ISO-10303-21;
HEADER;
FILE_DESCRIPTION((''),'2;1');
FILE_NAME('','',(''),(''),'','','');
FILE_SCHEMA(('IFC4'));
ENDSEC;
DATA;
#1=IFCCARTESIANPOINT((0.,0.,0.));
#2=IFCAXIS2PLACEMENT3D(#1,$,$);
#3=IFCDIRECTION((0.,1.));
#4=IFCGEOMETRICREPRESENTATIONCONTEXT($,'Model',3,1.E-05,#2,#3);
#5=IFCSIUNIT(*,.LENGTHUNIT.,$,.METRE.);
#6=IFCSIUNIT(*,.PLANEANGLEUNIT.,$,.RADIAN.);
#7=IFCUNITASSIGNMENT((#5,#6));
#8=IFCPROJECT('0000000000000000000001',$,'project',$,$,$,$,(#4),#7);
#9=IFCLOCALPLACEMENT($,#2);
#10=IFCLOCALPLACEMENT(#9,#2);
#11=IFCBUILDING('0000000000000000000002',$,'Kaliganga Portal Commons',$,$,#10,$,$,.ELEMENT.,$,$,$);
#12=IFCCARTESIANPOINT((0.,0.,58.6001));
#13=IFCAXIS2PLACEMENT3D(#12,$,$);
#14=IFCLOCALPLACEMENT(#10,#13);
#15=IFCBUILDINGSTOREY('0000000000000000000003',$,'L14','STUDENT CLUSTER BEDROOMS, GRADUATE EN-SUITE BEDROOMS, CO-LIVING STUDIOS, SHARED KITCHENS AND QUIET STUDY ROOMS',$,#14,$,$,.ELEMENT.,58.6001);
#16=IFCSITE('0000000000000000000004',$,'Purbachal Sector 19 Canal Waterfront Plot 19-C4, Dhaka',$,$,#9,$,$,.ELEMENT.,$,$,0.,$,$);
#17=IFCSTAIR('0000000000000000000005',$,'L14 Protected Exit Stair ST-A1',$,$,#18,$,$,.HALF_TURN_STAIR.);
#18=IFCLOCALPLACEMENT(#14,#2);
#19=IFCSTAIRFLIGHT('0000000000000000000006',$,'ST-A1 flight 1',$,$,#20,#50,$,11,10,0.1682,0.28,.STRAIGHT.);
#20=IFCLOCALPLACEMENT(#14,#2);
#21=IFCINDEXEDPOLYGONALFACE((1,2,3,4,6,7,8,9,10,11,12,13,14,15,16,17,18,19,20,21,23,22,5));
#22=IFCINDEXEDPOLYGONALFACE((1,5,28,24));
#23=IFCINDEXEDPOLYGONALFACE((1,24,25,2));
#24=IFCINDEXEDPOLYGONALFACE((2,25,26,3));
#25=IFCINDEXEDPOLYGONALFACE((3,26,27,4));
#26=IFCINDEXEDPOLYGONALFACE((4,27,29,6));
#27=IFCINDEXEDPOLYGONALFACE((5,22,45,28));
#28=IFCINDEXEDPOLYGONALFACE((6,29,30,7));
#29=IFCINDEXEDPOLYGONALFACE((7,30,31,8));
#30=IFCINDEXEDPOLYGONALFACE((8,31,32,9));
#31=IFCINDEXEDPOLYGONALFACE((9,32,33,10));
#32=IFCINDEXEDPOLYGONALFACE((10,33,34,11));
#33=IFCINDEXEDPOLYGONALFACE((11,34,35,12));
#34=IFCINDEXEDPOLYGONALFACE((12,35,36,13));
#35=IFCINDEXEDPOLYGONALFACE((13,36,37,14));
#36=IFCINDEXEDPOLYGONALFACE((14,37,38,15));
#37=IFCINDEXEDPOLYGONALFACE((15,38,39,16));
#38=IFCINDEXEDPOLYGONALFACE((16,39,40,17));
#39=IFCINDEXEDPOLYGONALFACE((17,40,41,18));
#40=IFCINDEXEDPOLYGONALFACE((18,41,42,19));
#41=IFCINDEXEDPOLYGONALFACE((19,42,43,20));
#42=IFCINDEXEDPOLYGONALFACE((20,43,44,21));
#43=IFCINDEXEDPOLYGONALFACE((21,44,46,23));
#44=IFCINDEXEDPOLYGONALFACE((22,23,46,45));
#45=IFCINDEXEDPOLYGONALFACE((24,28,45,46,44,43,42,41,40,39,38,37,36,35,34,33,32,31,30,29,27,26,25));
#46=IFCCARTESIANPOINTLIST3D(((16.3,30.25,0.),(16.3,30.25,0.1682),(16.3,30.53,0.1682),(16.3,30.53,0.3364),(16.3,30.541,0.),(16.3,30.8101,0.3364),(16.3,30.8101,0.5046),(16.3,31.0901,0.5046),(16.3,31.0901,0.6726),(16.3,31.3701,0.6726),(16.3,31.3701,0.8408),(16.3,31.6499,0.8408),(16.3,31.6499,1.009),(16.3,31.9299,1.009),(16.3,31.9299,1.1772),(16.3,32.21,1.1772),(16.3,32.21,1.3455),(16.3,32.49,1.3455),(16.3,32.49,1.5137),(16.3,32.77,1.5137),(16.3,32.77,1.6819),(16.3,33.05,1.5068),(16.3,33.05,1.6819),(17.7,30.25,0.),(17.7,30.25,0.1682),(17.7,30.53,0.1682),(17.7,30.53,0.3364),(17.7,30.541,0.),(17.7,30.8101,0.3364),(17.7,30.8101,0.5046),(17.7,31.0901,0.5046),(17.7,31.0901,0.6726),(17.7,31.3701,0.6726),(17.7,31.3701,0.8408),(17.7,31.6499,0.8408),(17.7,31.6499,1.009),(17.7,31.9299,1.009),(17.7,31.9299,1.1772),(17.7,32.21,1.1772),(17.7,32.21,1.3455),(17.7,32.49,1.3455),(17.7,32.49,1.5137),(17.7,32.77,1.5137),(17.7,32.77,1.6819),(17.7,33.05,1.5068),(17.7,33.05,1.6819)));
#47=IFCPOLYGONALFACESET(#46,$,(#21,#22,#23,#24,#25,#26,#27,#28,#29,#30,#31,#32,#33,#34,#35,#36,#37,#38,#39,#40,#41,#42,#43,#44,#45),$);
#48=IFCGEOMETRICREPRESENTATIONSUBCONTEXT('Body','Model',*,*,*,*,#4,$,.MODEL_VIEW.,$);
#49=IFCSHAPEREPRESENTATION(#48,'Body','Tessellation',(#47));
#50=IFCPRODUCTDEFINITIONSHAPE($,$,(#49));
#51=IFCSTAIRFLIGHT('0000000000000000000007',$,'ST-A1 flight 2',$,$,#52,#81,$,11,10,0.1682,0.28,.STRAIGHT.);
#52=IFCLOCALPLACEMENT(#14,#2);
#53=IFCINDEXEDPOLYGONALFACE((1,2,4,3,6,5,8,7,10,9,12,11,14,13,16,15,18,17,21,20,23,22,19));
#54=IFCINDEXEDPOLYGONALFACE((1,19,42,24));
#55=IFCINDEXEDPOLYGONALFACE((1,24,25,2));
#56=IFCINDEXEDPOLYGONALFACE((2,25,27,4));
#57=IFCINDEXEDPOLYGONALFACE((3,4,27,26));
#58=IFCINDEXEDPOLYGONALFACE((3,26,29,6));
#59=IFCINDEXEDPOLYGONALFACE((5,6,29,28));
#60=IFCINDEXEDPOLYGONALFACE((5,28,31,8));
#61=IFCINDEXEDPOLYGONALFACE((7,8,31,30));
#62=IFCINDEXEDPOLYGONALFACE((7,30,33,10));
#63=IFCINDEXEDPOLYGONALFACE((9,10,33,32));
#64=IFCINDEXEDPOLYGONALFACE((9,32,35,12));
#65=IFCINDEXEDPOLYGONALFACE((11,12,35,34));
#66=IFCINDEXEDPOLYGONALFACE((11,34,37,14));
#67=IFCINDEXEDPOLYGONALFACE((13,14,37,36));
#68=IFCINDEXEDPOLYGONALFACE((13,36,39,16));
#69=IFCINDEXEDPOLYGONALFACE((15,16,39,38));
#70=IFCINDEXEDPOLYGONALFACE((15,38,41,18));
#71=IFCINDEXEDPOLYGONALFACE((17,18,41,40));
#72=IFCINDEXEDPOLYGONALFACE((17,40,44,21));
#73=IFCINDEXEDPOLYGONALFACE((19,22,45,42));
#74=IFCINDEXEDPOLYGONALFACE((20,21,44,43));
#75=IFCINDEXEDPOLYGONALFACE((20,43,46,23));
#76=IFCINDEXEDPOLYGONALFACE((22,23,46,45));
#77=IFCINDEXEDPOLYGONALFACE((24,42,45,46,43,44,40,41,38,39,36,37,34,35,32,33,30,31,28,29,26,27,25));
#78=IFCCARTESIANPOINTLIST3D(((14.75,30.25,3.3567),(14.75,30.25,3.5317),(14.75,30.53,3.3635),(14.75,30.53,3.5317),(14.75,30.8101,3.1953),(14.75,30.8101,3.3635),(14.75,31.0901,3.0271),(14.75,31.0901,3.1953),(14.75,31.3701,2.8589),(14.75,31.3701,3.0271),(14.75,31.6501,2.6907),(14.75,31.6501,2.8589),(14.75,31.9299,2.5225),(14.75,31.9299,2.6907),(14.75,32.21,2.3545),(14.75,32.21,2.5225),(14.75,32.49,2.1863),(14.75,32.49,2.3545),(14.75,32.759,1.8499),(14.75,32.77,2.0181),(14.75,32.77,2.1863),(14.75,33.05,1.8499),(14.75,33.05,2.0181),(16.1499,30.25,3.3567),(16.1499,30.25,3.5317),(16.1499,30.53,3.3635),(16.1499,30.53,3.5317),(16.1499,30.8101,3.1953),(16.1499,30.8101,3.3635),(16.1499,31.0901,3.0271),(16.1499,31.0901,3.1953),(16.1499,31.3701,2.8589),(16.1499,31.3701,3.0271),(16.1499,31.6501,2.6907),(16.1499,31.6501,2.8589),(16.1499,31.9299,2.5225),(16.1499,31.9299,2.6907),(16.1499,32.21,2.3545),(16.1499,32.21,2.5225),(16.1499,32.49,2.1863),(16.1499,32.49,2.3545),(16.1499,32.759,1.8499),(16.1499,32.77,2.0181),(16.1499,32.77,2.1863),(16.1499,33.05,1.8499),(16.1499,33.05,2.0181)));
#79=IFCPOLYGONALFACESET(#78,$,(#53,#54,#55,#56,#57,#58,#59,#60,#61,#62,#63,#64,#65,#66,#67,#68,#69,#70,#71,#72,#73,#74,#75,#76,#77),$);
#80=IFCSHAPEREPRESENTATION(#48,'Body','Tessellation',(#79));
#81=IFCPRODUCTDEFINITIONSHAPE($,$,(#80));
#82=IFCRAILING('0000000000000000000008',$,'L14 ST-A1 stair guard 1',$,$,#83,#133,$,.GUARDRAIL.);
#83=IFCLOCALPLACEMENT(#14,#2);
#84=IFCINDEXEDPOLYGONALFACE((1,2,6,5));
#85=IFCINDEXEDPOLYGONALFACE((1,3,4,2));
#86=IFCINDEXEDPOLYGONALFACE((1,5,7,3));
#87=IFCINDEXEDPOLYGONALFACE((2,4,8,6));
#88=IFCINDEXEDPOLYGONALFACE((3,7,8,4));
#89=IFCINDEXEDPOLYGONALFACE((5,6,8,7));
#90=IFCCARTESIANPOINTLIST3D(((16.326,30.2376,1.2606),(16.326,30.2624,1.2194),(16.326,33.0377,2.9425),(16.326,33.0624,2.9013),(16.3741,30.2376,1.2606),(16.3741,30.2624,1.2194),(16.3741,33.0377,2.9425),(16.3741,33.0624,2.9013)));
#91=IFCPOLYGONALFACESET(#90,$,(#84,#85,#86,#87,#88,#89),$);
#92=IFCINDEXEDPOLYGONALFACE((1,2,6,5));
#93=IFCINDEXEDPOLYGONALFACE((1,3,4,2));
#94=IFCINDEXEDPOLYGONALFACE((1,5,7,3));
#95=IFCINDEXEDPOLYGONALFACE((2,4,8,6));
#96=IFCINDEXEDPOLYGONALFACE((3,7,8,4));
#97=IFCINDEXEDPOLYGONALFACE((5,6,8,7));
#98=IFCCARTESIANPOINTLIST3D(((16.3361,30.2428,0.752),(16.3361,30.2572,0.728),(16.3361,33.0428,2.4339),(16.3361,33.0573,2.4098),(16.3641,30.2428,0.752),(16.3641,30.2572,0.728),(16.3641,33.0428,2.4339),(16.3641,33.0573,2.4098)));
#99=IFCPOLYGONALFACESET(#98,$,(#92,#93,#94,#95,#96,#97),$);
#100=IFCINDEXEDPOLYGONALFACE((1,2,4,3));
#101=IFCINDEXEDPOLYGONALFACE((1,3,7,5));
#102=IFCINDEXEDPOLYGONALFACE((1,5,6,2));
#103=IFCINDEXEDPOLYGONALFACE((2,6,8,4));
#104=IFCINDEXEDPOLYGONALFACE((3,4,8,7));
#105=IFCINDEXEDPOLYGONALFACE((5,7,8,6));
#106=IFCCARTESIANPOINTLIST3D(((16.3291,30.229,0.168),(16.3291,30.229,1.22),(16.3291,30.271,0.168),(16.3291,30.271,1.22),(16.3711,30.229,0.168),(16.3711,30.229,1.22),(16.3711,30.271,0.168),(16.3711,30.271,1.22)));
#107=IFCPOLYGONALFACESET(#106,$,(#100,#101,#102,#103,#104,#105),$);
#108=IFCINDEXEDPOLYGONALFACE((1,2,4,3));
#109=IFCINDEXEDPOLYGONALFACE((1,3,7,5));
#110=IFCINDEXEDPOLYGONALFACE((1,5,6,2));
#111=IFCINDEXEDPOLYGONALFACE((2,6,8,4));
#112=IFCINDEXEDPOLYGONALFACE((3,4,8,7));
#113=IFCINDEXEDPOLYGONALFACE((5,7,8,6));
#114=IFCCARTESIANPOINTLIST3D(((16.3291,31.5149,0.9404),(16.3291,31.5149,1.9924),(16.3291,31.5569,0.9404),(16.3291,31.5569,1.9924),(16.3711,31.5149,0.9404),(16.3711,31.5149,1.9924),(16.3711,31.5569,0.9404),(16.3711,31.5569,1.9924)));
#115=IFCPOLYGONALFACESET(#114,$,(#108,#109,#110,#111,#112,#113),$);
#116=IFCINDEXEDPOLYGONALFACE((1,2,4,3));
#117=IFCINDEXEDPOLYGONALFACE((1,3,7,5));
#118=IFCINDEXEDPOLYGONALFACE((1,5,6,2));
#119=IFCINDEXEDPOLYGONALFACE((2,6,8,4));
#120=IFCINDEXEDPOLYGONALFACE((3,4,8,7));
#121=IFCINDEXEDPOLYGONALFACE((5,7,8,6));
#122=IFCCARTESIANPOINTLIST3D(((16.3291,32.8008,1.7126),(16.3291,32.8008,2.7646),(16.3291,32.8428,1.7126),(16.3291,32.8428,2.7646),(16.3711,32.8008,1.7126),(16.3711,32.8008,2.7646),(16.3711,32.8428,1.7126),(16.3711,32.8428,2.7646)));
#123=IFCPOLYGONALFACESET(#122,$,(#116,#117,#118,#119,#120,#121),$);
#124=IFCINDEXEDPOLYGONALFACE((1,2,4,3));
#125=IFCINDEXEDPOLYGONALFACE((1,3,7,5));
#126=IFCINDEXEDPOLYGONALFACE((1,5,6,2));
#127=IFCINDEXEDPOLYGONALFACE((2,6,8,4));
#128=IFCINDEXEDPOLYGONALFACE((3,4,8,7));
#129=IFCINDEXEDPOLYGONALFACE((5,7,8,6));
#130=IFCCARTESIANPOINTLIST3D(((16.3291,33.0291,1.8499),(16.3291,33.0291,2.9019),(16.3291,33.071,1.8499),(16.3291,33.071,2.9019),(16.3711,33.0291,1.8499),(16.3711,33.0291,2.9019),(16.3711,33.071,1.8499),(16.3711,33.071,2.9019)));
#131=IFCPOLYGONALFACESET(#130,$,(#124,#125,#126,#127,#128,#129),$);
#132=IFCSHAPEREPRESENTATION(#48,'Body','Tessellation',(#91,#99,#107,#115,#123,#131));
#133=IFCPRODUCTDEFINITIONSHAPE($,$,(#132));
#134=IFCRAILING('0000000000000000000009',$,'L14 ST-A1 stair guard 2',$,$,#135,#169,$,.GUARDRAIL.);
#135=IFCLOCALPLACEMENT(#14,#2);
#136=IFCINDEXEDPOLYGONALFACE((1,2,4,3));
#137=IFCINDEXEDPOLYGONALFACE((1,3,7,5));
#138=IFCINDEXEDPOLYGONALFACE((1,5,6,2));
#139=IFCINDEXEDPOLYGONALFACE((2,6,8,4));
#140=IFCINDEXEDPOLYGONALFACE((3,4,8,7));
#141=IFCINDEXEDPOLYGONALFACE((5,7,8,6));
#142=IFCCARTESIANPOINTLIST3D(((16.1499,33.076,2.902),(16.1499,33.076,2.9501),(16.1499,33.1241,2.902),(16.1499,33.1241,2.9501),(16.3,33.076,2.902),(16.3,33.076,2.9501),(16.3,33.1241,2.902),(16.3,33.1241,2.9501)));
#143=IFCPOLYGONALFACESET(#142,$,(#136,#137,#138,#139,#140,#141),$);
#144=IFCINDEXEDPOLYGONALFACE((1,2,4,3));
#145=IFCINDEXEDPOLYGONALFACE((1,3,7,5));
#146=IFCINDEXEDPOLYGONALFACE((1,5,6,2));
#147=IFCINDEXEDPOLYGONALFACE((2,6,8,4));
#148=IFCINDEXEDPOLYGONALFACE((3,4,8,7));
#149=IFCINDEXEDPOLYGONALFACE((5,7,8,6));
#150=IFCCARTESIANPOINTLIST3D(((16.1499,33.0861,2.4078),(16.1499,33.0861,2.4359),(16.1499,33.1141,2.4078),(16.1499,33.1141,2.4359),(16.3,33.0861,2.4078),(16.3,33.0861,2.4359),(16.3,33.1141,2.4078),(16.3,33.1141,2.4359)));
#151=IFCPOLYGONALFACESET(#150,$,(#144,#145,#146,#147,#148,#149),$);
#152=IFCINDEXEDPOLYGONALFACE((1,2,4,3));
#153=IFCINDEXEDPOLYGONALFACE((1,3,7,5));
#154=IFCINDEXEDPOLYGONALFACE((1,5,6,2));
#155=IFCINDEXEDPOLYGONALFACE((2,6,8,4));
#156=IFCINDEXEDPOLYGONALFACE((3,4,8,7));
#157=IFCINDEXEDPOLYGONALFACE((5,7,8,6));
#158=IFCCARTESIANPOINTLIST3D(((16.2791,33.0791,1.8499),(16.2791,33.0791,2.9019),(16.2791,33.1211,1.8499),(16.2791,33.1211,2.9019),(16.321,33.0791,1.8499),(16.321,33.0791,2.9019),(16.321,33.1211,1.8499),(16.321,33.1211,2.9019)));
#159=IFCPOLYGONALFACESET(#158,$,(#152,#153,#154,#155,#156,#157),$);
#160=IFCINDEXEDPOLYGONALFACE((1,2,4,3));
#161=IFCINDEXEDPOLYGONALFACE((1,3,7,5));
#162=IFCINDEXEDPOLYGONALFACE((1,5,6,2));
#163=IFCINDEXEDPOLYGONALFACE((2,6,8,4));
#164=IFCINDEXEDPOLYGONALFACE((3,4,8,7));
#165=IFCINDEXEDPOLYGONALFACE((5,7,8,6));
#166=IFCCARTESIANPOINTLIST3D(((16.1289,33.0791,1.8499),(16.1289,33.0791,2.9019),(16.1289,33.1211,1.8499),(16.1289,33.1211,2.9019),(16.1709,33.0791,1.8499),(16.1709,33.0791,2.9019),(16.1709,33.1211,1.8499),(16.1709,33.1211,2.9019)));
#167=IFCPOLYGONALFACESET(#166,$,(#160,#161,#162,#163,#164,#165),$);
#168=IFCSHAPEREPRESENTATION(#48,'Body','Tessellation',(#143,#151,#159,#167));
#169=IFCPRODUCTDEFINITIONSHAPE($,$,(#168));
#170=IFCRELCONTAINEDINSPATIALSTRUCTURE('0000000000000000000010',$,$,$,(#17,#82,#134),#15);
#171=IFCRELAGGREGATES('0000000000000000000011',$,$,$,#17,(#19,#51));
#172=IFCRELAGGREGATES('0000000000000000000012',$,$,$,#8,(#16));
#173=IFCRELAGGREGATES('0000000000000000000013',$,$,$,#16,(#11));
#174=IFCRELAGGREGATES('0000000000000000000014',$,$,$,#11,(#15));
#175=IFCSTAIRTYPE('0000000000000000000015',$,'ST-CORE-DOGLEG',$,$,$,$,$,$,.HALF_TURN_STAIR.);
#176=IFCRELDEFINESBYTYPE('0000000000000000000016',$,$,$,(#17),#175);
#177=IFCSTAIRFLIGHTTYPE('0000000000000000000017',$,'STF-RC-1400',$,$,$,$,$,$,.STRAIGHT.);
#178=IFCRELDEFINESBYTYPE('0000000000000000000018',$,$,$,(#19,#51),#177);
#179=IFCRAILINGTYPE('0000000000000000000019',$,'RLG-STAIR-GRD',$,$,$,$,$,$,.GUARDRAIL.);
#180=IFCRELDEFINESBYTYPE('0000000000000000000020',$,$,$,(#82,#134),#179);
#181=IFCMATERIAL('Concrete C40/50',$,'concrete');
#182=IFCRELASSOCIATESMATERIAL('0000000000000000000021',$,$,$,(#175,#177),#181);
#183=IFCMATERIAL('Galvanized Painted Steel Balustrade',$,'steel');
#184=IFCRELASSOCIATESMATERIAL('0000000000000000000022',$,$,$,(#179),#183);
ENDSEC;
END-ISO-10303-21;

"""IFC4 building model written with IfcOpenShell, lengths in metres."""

from ifc_helpers import new_model, si_unit, direction, frame, origin, origin_2d, place, context, subcontext, project, spatial, polyline, rectangle, outline, extrude, material, type_object, element, aggregate, save


model = new_model("IFC4")

# Units and contexts
model_context = context("Model", 3, precision=1e-05, world=origin(), true_north=direction((0.0, 1.0)))
body_context = subcontext(model_context, "Body", "Model", "MODEL_VIEW")
ifc_project = project(units=[si_unit("LENGTHUNIT", "METRE"), si_unit("PLANEANGLEUNIT", "RADIAN")], contexts=[model_context])

# Site, building, storey
site_placement = place(None, origin())
site = spatial("IfcSite", under=ifc_project, at=site_placement, Name="Purbachal Sector 19 Canal Waterfront Plot 19-C4, Dhaka", CompositionType="ELEMENT", RefElevation=0.0)
building_placement = place(site_placement, origin())
building = spatial("IfcBuilding", under=site, at=building_placement, Name="Kaliganga Portal Commons", CompositionType="ELEMENT")
storey_placement = place(building_placement, frame((0.0, 0.0, 58.6001)))
storey = spatial("IfcBuildingStorey", under=building, at=storey_placement, Name="L14", Description="STUDENT CLUSTER BEDROOMS, GRADUATE EN-SUITE BEDROOMS, CO-LIVING STUDIOS, SHARED KITCHENS AND QUIET STUDY ROOMS", CompositionType="ELEMENT", Elevation=58.6001)

# Stair, stair flights
ifc_material_1 = material(Name="Concrete C40/50", Category="concrete")
stair_type = type_object("IfcStairType", Name="ST-CORE-DOGLEG", PredefinedType="HALF_TURN_STAIR", material=ifc_material_1)
stair_placement = place(storey_placement, origin())
stair = element("IfcStair", 1, at=stair_placement, inside=storey, type_object=stair_type, Name="L14 Protected Exit Stair ST-A1", PredefinedType="HALF_TURN_STAIR")
stair_flight_type = type_object("IfcStairFlightType", Name="STF-RC-1400", PredefinedType="STRAIGHT", material=ifc_material_1)
stair_flight_1_placement = place(storey_placement, frame((17.0, 30.25, 0.0), z_axis=(0.0, 0.0, 1.0), x_axis=(0.0, 1.0, 0.0)))
stair_flight_1 = element("IfcStairFlight", 2, at=stair_flight_1_placement, type_object=stair_flight_type, Name="ST-A1 flight 1", NumberOfRisers=11, NumberOfTreads=10, PredefinedType="STRAIGHT", RiserHeight=0.1682, TreadLength=0.28, context=body_context, shape_type="SweptSolid", body=[
    extrude(outline(polyline([(0.0, 0.0), (0.0, 0.1682), (0.28, 0.1682), (0.28, 0.3364), (0.5601, 0.3364), (0.5601, 0.5046), (0.8401, 0.5046), (0.8401, 0.6726), (1.1201, 0.6726), (1.1201, 0.8408), (1.3999, 0.8408), (1.3999, 1.009), (1.6799, 1.009), (1.6799, 1.1772), (1.96, 1.1772), (1.96, 1.3455), (2.24, 1.3455), (2.24, 1.5137), (2.52, 1.5137), (2.52, 1.6819), (2.8, 1.6819), (2.8, 1.8501), (2.8, 1.5068), (0.291, 0.0), (0.0, 0.0)])), frame((0.0, 0.7, 0.0), z_axis=(0.0, -1.0, 0.0), x_axis=(1.0, 0.0, 0.0)), (0.0, 0.0, 1.0), 1.3999),
])
stair_flight_2_placement = place(storey_placement, frame((15.45, 33.05, 1.8499), z_axis=(0.0, 0.0, 1.0), x_axis=(0.0, -1.0, 0.0)))
stair_flight_2 = element("IfcStairFlight", 3, at=stair_flight_2_placement, type_object=stair_flight_type, Name="ST-A1 flight 2", NumberOfRisers=11, NumberOfTreads=10, PredefinedType="STRAIGHT", RiserHeight=0.1682, TreadLength=0.28, context=body_context, shape_type="SweptSolid", body=[
    extrude(outline(polyline([(0.0, 0.0), (0.0, 0.1682), (0.28, 0.1682), (0.28, 0.3364), (0.5601, 0.3364), (0.5601, 0.5046), (0.8401, 0.5046), (0.8401, 0.6726), (1.1201, 0.6726), (1.1201, 0.8408), (1.3999, 0.8408), (1.3999, 1.009), (1.6799, 1.009), (1.6799, 1.1772), (1.96, 1.1772), (1.96, 1.3455), (2.24, 1.3455), (2.24, 1.5137), (2.52, 1.5137), (2.52, 1.6819), (2.8, 1.6819), (2.8, 1.8501), (2.8, 1.5068), (0.291, 0.0), (0.0, 0.0)])), frame((0.0, 0.7, 0.0), z_axis=(0.0, -1.0, 0.0), x_axis=(1.0, 0.0, 0.0)), (0.0, 0.0, 1.0), 1.3999),
])
aggregate(stair, [stair_flight_1, stair_flight_2])

# Railings
ifc_material_2 = material(Name="Galvanized Painted Steel Balustrade", Category="steel")
railing_type_1 = type_object("IfcRailingType", Name="RLG-STAIR-GRD", PredefinedType="GUARDRAIL", material=ifc_material_2)
railing_1_placement = place(storey_placement, frame((16.3501, 30.25, 0.168)))
element("IfcRailing", 4, at=railing_1_placement, inside=storey, type_object=railing_type_1, Name="L14 ST-A1 stair guard 1", PredefinedType="GUARDRAIL", context=body_context, shape_type="SweptSolid", body=[
    extrude(rectangle(XDim=0.0481, YDim=0.0481, at=origin_2d()), frame((0.0, 0.0, 1.072), z_axis=(0.0, 0.857242, 0.514913), x_axis=(-1.0, 0.0, 0.0)), (0.0, 0.0, 1.0), 3.2664),
    extrude(rectangle(XDim=0.0281, YDim=0.0281, at=origin_2d()), frame((0.0, 0.0, 0.572), z_axis=(0.0, 0.857242, 0.514913), x_axis=(-1.0, 0.0, 0.0)), (0.0, 0.0, 1.0), 3.2664),
    extrude(rectangle(XDim=0.042, YDim=0.042, at=origin_2d()), origin(), (0.0, 0.0, 1.0), 1.052),
    extrude(rectangle(XDim=0.042, YDim=0.042, at=origin_2d()), frame((0.0, 1.2859, 0.7725)), (0.0, 0.0, 1.0), 1.052),
    extrude(rectangle(XDim=0.042, YDim=0.042, at=origin_2d()), frame((0.0, 2.5718, 1.5447)), (0.0, 0.0, 1.0), 1.052),
    extrude(rectangle(XDim=0.042, YDim=0.042, at=origin_2d()), frame((0.0, 2.8, 1.6819)), (0.0, 0.0, 1.0), 1.052),
])
railing_2_placement = place(storey_placement, frame((16.3, 33.1001, 1.8499)))
element("IfcRailing", 5, at=railing_2_placement, inside=storey, type_object=railing_type_1, Name="L14 ST-A1 stair guard 2", PredefinedType="GUARDRAIL", context=body_context, shape_type="SweptSolid", body=[
    extrude(rectangle(XDim=0.0481, YDim=0.0481, at=origin_2d()), frame((0.0, 0.0, 1.0762), z_axis=(-1.0, 0.0, 0.0), x_axis=(0.0, -1.0, 0.0)), (0.0, 0.0, 1.0), 0.1501),
    extrude(rectangle(XDim=0.0281, YDim=0.0281, at=origin_2d()), frame((0.0, 0.0, 0.572), z_axis=(-1.0, 0.0, 0.0), x_axis=(0.0, -1.0, 0.0)), (0.0, 0.0, 1.0), 0.1501),
    extrude(rectangle(XDim=0.042, YDim=0.042, at=origin_2d()), origin(), (0.0, 0.0, 1.0), 1.052),
    extrude(rectangle(XDim=0.042, YDim=0.042, at=origin_2d()), frame((-0.1501, 0.0, 0.0)), (0.0, 0.0, 1.0), 1.052),
])

save(model, "model.ifc")
